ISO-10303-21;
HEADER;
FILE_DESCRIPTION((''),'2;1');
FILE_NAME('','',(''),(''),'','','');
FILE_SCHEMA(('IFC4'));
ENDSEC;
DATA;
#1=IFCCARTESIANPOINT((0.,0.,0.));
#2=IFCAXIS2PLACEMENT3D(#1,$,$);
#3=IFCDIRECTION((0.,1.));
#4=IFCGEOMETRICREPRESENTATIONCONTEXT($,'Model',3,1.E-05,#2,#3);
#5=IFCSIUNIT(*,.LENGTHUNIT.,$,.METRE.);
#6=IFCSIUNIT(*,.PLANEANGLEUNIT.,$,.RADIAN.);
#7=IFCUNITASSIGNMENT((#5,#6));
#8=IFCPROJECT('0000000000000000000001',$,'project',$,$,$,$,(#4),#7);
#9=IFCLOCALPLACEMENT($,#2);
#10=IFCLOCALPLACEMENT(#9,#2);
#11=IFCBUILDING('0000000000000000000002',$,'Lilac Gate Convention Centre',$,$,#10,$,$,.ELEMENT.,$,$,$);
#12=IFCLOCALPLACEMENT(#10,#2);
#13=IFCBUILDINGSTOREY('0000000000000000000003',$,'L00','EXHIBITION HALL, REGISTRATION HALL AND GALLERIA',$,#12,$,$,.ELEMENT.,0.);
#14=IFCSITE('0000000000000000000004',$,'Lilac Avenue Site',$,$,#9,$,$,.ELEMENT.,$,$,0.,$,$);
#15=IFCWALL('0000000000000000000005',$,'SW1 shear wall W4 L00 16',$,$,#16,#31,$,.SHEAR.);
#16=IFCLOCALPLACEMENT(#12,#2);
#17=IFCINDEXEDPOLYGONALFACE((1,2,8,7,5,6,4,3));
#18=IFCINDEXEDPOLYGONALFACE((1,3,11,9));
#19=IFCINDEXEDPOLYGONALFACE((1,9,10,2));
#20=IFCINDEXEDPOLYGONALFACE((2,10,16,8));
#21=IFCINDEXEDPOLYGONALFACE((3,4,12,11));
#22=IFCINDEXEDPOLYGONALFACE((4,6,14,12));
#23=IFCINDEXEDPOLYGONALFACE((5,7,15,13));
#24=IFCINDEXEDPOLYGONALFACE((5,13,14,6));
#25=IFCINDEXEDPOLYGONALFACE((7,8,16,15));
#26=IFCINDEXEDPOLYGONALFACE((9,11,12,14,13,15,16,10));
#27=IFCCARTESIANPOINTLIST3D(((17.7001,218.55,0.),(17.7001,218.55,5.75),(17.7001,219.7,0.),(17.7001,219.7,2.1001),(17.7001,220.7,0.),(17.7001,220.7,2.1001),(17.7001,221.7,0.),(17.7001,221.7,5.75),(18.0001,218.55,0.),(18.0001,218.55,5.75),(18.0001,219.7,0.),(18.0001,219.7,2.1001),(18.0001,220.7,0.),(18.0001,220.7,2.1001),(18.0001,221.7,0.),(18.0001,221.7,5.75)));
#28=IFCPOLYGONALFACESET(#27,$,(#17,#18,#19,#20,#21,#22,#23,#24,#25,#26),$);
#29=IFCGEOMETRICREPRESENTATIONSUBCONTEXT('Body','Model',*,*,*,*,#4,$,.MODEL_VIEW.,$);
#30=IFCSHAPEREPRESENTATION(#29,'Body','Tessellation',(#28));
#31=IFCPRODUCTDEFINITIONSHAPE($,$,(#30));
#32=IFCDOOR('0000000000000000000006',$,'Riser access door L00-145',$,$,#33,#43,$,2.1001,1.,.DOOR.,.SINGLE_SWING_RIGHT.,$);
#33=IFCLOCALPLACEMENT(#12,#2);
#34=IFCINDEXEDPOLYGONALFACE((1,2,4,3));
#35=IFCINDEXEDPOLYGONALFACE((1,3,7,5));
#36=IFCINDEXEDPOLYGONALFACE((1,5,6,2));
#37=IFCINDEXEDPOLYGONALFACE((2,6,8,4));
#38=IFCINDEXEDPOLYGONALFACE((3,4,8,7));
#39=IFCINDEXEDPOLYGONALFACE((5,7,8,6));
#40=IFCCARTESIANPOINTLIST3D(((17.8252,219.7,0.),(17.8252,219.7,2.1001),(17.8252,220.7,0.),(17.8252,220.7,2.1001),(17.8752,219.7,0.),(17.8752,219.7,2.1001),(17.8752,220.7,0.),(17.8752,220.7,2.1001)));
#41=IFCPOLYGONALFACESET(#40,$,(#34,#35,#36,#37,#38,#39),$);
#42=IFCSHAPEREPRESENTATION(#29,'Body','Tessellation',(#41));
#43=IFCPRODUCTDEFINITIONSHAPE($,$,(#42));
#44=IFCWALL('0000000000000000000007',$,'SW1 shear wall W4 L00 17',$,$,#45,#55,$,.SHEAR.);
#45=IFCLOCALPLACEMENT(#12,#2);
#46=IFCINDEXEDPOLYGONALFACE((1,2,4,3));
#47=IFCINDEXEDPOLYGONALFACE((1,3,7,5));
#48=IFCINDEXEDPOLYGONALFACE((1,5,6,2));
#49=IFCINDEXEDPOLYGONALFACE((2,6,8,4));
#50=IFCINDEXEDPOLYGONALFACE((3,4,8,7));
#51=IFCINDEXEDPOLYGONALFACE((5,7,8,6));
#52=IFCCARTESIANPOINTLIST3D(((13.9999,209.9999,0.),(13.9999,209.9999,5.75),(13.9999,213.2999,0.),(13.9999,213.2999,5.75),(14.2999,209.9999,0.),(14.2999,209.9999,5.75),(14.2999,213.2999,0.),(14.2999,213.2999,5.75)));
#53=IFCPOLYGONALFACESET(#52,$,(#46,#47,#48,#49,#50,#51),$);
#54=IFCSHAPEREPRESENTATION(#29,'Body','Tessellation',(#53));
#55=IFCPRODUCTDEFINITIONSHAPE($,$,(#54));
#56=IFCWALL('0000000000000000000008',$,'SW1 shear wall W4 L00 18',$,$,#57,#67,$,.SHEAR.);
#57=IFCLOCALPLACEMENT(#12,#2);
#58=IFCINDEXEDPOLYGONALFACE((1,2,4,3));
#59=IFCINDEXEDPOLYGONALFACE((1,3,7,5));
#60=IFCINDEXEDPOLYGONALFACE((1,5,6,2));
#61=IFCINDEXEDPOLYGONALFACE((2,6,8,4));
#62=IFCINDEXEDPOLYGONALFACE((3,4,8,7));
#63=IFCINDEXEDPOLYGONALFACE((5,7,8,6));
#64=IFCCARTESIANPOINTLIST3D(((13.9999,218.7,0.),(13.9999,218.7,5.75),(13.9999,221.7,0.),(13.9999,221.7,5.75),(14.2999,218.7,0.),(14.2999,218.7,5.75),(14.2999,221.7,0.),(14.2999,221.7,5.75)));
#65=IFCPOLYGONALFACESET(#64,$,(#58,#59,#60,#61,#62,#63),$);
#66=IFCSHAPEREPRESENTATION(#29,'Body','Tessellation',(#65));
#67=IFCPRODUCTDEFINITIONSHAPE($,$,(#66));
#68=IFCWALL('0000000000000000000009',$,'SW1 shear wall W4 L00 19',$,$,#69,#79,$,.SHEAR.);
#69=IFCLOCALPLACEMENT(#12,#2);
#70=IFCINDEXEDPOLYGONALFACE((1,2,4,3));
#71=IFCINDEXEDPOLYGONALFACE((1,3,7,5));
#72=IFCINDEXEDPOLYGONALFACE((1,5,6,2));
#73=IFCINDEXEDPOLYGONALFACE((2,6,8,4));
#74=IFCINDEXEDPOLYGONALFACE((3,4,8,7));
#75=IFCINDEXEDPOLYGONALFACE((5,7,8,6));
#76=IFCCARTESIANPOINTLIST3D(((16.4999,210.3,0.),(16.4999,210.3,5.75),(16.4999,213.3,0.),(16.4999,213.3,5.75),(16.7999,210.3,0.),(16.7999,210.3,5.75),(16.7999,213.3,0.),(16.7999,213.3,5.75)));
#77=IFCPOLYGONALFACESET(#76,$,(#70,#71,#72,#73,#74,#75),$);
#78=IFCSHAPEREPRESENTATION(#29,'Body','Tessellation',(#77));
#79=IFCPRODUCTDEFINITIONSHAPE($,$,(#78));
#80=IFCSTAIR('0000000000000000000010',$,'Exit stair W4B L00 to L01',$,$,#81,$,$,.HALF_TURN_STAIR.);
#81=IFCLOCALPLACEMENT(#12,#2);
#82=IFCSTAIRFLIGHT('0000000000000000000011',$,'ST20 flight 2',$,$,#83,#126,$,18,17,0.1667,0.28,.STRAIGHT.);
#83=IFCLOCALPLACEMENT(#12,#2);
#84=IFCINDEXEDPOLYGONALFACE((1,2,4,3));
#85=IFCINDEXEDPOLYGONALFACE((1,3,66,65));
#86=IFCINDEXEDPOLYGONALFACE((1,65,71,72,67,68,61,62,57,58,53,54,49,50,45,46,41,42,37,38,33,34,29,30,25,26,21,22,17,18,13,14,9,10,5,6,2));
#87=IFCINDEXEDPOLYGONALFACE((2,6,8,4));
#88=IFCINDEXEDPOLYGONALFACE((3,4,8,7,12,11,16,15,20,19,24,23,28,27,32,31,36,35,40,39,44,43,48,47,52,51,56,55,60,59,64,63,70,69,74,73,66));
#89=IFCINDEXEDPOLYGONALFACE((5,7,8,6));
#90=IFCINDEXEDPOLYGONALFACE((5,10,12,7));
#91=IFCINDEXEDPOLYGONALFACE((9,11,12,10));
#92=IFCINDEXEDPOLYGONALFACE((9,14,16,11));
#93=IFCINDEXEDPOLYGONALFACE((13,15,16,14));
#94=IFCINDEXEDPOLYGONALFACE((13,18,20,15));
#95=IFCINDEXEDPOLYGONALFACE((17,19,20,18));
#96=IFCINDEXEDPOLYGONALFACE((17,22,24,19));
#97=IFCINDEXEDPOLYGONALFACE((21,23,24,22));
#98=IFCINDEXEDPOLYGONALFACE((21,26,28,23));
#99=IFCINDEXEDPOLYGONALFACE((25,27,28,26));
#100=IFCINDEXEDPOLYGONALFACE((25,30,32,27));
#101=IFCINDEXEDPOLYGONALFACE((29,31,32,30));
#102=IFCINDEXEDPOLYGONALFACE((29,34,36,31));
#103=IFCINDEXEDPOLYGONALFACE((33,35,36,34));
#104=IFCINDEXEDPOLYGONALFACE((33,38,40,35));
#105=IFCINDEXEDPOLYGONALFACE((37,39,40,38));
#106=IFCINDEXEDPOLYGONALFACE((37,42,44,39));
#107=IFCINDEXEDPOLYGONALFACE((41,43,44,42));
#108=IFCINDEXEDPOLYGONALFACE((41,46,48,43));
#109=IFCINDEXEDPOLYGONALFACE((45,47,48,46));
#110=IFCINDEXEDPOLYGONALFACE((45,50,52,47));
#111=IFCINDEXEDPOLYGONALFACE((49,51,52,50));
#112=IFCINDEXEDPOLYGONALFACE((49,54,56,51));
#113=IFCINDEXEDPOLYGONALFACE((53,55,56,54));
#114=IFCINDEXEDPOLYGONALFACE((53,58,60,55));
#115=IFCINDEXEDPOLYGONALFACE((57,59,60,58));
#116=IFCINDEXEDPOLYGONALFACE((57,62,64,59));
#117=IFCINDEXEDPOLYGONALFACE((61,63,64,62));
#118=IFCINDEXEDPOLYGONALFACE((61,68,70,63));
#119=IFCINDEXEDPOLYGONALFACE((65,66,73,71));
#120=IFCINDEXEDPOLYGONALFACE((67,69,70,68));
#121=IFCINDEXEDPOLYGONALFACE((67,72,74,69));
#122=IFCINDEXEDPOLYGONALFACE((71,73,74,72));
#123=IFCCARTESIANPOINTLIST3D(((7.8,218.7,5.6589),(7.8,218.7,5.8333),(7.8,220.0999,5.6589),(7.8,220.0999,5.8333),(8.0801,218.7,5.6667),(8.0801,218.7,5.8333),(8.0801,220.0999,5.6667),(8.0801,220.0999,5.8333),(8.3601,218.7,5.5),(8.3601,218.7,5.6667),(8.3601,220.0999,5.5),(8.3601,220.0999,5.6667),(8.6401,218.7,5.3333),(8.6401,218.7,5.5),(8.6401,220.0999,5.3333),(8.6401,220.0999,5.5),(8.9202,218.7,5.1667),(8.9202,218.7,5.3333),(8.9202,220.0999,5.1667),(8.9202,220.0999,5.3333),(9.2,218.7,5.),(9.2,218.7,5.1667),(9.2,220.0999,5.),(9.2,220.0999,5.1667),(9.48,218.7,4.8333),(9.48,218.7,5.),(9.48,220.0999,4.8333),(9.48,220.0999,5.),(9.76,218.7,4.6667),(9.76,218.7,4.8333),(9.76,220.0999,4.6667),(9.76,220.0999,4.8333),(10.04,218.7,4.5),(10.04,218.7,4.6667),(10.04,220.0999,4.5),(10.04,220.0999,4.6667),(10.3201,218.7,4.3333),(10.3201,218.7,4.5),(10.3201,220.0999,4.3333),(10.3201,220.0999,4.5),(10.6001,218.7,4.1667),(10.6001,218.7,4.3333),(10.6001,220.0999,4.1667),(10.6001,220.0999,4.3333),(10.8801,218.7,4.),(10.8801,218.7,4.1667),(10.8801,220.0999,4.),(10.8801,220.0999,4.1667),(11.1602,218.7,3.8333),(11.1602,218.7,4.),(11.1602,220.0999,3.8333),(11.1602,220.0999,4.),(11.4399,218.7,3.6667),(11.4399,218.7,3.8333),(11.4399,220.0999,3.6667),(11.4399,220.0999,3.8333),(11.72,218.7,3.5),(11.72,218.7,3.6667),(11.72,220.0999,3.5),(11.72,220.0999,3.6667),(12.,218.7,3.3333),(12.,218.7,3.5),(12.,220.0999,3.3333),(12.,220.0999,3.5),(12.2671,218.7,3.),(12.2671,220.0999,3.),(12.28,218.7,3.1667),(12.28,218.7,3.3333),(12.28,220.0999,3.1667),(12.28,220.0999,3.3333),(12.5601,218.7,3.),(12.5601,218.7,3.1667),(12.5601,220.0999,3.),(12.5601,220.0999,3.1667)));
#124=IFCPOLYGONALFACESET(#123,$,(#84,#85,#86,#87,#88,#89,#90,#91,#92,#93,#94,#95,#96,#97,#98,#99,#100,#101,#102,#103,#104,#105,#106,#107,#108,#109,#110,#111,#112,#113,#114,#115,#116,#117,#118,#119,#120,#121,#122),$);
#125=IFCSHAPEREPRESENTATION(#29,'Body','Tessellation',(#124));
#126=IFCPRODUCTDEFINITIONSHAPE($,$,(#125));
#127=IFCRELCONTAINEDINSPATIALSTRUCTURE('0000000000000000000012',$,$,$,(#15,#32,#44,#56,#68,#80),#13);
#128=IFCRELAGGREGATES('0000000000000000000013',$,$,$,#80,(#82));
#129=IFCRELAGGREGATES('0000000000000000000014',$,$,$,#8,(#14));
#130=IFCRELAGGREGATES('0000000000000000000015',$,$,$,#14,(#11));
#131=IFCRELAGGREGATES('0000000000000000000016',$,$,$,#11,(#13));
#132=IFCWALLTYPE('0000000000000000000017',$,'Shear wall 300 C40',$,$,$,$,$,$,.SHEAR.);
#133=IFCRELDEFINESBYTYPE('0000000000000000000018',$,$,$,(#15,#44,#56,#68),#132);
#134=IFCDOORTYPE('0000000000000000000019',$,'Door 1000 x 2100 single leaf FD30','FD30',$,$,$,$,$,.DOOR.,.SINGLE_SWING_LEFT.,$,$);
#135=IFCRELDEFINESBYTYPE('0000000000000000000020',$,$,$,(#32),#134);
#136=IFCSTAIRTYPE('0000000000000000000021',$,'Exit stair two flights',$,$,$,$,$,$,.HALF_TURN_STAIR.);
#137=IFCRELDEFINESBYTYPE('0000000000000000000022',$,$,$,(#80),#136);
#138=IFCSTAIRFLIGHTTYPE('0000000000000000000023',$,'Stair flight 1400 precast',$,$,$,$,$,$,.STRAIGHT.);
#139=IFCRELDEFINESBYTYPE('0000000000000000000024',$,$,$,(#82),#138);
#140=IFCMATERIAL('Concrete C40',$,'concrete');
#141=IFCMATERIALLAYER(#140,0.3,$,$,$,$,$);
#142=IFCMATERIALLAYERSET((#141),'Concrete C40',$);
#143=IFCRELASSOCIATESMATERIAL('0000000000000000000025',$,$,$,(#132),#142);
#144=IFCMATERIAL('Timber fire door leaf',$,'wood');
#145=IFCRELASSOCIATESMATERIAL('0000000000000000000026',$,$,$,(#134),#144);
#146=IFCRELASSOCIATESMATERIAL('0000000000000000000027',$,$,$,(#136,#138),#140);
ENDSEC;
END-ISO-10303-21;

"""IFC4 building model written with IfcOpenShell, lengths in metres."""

from ifc_helpers import new_model, si_unit, direction, frame, frame_2d, origin, place, context, subcontext, project, spatial, polyline, rectangle, outline, extrude, material, layer, layer_set, type_object, element, fill, aggregate, save


model = new_model("IFC4")

# Units and contexts
model_context = context("Model", 3, precision=1e-05, world=origin(), true_north=direction((0.0, 1.0)))
body_context = subcontext(model_context, "Body", "Model", "MODEL_VIEW")
ifc_project = project(units=[si_unit("LENGTHUNIT", "METRE"), si_unit("PLANEANGLEUNIT", "RADIAN")], contexts=[model_context])

# Site, building, storey
site_placement = place(None, origin())
site = spatial("IfcSite", under=ifc_project, at=site_placement, Name="Lilac Avenue Site", CompositionType="ELEMENT", RefElevation=0.0)
building_placement = place(site_placement, origin())
building = spatial("IfcBuilding", under=site, at=building_placement, Name="Lilac Gate Convention Centre", CompositionType="ELEMENT")
storey_placement = place(building_placement, origin())
storey = spatial("IfcBuildingStorey", under=building, at=storey_placement, Name="L00", Description="EXHIBITION HALL, REGISTRATION HALL AND GALLERIA", CompositionType="ELEMENT", Elevation=0.0)

# Shared definitions
ifc_material_1 = material(Name="Concrete C40", Category="concrete")

# Shared definitions
ifc_layer_1 = layer(ifc_material_1, 0.3)
ifc_layer_set_1 = layer_set([ifc_layer_1], Name="Concrete C40")
wall_type_1 = type_object("IfcWallType", Name="Shear wall 300 C40", PredefinedType="SHEAR", material=ifc_layer_set_1)

# Shared definitions
ifc_material_2 = material(Name="Timber fire door leaf", Category="wood")

# Wall, opening, door
wall_1_placement = place(storey_placement, frame((17.8501, 218.55, 0.0), z_axis=(0.0, 0.0, 1.0), x_axis=(0.0, 1.0, 0.0)))
wall_1 = element("IfcWall", 1, at=wall_1_placement, inside=storey, type_object=wall_type_1, Name="SW1 shear wall W4 L00 16", PredefinedType="SHEAR", context=body_context, shape_type="SweptSolid", body=[
    extrude(rectangle(XDim=3.1499, YDim=0.3, at=frame_2d((1.575, 0.0))), origin(), (0.0, 0.0, 1.0), 5.75),
])
opening_1_placement = place(wall_1_placement, frame((1.1499, 0.0, 0.0)))
opening_1 = element("IfcOpeningElement", 2, at=opening_1_placement, cuts=wall_1, PredefinedType="OPENING", context=body_context, shape_type="SweptSolid", body=[
    extrude(rectangle(XDim=1.0, YDim=2.1001, at=frame_2d((0.5, 1.05))), frame((0.0, 0.1599, 0.0), z_axis=(0.0, -1.0, 0.0), x_axis=(1.0, 0.0, 0.0)), (0.0, 0.0, 1.0), 0.3201),
])
door_type_1 = type_object("IfcDoorType", Name="Door 1000 x 2100 single leaf FD30", Description="FD30", OperationType="SINGLE_SWING_LEFT", PredefinedType="DOOR", material=ifc_material_2)
door_1_placement = place(opening_1_placement, origin())
door_1 = element("IfcDoor", 3, at=door_1_placement, inside=storey, type_object=door_type_1, Name="Riser access door L00-145", OperationType="SINGLE_SWING_RIGHT", OverallHeight=2.1001, OverallWidth=1.0, PredefinedType="DOOR", context=body_context, shape_type="SweptSolid", body=[
    extrude(rectangle(XDim=1.0, YDim=2.1001, at=frame_2d((0.5, 1.05))), frame((0.0, 0.0249, 0.0), z_axis=(0.0, -1.0, 0.0), x_axis=(1.0, 0.0, 0.0)), (0.0, 0.0, 1.0), 0.05),
])
fill(opening_1, door_1)

# Walls
wall_2_placement = place(storey_placement, frame((14.1499, 210.0, 0.0), z_axis=(0.0, 0.0, 1.0), x_axis=(0.0, 1.0, 0.0)))
element("IfcWall", 4, at=wall_2_placement, inside=storey, type_object=wall_type_1, Name="SW1 shear wall W4 L00 17", PredefinedType="SHEAR", context=body_context, shape_type="SweptSolid", body=[
    extrude(rectangle(XDim=3.3, YDim=0.3, at=frame_2d((1.6499, 0.0))), origin(), (0.0, 0.0, 1.0), 5.75),
])
for number, where, z_axis, x_axis, name in (
    (5, (14.1499, 218.7, 0.0), (0.0, 0.0, 1.0), (0.0, 1.0, 0.0), "SW1 shear wall W4 L00 18"),
    (6, (16.6499, 210.3, 0.0), (0.0, 0.0, 1.0), (0.0, 1.0, 0.0), "SW1 shear wall W4 L00 19"),
):
    element("IfcWall", number, at=place(storey_placement, frame(where, z_axis=z_axis, x_axis=x_axis)), inside=storey, type_object=wall_type_1, Name=name, PredefinedType="SHEAR", context=body_context, shape_type="SweptSolid", body=[
        extrude(rectangle(XDim=3.0, YDim=0.3, at=frame_2d((1.5, 0.0))), origin(), (0.0, 0.0, 1.0), 5.75),
    ])

# Stair, stair flight
stair_type = type_object("IfcStairType", Name="Exit stair two flights", PredefinedType="HALF_TURN_STAIR", material=ifc_material_1)
stair_placement = place(storey_placement, origin())
stair = element("IfcStair", 7, at=stair_placement, inside=storey, type_object=stair_type, Name="Exit stair W4B L00 to L01", PredefinedType="HALF_TURN_STAIR")
stair_flight_type = type_object("IfcStairFlightType", Name="Stair flight 1400 precast", PredefinedType="STRAIGHT", material=ifc_material_1)
stair_flight_placement = place(storey_placement, frame((12.5601, 219.3999, 3.0), z_axis=(0.0, 0.0, 1.0), x_axis=(-1.0, 0.0, 0.0)))
stair_flight = element("IfcStairFlight", 8, at=stair_flight_placement, type_object=stair_flight_type, Name="ST20 flight 2", NumberOfRisers=18, NumberOfTreads=17, PredefinedType="STRAIGHT", RiserHeight=0.1667, TreadLength=0.28, context=body_context, shape_type="SweptSolid", body=[
    extrude(outline(polyline([(0.0, 0.0), (0.0, 0.1667), (0.28, 0.1667), (0.28, 0.3333), (0.5601, 0.3333), (0.5601, 0.5), (0.8401, 0.5), (0.8401, 0.6667), (1.1201, 0.6667), (1.1201, 0.8333), (1.3999, 0.8333), (1.3999, 1.0), (1.6799, 1.0), (1.6799, 1.1667), (1.96, 1.1667), (1.96, 1.3333), (2.24, 1.3333), (2.24, 1.5), (2.52, 1.5), (2.52, 1.6667), (2.8, 1.6667), (2.8, 1.8333), (3.0801, 1.8333), (3.0801, 2.0), (3.3601, 2.0), (3.3601, 2.1667), (3.6399, 2.1667), (3.6399, 2.3333), (3.9199, 2.3333), (3.9199, 2.5), (4.2, 2.5), (4.2, 2.6667), (4.48, 2.6667), (4.48, 2.8333), (4.76, 2.8333), (4.76, 3.0), (4.76, 2.6589), (0.293, 0.0), (0.0, 0.0)])), frame((0.0, 0.7, 0.0), z_axis=(0.0, -1.0, 0.0), x_axis=(1.0, 0.0, 0.0)), (0.0, 0.0, 1.0), 1.3999),
])
aggregate(stair, [stair_flight])

save(model, "model.ifc")
